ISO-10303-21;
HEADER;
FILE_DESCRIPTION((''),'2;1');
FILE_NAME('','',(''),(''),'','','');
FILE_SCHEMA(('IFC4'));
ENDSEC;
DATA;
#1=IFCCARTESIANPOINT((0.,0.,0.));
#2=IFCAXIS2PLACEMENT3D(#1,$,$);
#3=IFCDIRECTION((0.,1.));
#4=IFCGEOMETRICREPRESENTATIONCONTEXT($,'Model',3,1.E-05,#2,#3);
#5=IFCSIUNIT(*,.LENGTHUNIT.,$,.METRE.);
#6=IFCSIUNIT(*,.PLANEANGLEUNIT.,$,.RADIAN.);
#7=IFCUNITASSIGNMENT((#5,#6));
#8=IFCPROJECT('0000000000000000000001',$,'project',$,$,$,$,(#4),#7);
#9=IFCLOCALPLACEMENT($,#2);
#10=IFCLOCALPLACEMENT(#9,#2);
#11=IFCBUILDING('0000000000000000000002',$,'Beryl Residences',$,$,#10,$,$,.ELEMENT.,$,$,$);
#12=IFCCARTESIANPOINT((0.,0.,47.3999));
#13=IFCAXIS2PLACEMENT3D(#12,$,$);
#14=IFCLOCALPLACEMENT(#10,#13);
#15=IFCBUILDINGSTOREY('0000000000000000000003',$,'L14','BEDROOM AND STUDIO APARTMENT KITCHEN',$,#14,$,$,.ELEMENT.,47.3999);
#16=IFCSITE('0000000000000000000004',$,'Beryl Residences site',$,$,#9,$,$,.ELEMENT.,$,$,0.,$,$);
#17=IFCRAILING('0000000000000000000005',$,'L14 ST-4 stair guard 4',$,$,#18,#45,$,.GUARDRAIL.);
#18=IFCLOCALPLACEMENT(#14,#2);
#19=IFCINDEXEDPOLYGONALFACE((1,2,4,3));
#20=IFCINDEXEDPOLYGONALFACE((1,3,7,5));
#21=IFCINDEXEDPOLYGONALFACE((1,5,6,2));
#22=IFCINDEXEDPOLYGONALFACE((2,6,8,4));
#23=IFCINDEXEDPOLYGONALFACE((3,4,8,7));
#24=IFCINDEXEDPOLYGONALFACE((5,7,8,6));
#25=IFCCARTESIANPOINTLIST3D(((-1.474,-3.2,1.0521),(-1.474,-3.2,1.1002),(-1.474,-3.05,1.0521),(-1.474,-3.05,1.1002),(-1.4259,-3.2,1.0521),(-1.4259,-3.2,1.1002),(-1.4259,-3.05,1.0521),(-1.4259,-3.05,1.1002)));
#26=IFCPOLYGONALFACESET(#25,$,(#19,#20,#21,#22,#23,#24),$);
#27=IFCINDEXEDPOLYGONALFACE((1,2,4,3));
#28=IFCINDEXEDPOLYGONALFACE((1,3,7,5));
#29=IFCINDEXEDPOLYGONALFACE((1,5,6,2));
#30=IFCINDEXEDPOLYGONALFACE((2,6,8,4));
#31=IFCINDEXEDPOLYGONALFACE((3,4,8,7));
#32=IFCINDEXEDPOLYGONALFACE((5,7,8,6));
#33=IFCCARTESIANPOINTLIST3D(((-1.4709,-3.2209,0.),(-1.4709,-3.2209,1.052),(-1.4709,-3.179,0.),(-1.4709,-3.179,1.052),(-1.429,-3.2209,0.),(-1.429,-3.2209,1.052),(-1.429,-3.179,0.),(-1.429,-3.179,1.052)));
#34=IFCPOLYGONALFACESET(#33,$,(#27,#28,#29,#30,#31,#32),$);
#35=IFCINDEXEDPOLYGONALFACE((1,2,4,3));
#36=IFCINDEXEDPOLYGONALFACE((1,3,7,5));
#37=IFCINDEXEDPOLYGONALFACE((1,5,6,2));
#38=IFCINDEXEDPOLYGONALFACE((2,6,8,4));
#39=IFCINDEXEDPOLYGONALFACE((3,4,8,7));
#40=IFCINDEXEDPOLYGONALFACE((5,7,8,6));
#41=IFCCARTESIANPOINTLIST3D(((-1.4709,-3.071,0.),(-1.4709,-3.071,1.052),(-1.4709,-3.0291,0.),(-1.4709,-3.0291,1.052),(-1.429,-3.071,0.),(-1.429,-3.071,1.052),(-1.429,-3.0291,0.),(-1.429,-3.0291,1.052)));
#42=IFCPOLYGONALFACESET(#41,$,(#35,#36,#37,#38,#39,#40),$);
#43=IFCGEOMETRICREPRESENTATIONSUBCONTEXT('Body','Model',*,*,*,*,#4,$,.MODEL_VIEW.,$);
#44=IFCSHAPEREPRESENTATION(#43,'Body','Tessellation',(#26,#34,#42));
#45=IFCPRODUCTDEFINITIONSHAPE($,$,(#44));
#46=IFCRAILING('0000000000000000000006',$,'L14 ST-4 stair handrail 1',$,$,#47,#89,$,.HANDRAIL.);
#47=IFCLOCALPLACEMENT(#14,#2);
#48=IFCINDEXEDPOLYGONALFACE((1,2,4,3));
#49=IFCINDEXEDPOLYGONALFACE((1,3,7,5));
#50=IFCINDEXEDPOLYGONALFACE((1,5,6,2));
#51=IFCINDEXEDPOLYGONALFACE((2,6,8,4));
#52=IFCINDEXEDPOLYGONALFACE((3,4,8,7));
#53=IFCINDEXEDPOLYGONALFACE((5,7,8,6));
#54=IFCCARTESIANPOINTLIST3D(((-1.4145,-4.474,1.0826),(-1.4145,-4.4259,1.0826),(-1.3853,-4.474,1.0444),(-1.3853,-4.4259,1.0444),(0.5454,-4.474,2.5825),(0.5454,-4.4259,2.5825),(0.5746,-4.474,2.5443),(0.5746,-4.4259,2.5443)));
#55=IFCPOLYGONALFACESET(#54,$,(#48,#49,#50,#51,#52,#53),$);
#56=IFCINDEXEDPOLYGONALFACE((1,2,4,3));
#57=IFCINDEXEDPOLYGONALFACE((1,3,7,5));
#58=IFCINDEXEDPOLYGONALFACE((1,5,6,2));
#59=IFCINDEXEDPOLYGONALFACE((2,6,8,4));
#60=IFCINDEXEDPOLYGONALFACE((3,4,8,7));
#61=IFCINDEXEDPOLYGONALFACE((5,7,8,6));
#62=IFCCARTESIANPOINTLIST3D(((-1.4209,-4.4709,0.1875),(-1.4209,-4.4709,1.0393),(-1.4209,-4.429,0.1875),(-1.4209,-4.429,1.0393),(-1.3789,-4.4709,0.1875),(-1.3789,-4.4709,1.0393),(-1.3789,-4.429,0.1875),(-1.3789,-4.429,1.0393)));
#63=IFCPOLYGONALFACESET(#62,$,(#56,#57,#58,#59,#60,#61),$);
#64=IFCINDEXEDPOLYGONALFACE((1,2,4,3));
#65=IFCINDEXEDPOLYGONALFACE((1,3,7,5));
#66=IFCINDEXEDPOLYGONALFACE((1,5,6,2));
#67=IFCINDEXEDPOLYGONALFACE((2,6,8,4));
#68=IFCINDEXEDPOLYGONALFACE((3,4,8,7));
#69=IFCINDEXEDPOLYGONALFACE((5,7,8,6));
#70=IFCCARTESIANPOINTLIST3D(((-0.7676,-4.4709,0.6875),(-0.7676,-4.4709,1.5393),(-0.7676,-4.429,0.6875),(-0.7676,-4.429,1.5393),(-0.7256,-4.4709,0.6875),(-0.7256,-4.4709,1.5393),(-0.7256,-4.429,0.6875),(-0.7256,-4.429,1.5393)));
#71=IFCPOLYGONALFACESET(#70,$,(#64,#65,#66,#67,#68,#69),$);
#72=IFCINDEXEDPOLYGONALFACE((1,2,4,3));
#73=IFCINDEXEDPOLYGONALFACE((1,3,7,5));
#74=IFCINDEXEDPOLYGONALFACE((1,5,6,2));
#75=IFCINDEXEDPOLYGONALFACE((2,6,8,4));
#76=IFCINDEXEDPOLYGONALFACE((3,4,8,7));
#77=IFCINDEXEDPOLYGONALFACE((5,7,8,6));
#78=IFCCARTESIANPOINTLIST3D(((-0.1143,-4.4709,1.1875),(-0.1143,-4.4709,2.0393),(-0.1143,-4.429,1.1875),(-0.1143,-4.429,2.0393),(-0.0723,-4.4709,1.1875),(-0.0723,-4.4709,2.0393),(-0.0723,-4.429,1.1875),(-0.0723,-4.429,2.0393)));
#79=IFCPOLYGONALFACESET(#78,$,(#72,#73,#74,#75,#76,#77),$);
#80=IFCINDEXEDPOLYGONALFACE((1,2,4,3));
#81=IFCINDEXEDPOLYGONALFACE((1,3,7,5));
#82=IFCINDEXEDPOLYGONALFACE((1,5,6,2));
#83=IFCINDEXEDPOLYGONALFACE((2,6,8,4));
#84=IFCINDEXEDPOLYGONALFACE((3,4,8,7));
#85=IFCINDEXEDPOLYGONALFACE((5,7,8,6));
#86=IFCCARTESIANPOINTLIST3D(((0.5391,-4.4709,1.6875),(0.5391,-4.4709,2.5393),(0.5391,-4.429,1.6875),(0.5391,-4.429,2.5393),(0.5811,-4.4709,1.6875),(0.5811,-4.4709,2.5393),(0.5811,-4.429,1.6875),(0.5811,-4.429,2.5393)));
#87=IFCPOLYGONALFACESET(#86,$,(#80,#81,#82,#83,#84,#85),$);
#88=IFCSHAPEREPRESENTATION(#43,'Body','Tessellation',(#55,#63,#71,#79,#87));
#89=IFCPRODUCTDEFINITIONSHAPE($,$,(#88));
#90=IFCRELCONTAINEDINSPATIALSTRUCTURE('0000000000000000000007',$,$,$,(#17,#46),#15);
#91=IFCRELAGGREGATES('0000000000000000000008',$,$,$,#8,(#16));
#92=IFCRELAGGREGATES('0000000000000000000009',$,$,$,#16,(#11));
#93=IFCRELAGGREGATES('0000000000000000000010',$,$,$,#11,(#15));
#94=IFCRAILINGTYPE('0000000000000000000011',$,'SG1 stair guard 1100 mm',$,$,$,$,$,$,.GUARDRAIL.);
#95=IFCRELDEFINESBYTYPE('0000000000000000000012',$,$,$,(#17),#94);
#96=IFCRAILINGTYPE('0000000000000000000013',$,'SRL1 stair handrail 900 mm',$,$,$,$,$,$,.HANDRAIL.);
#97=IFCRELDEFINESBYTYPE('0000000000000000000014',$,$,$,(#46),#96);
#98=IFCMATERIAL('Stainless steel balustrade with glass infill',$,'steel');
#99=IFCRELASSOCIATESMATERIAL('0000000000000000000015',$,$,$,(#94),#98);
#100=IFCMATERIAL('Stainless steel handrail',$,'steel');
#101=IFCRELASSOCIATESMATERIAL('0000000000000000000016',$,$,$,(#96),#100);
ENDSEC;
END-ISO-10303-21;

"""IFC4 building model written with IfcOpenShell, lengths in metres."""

from ifc_helpers import new_model, si_unit, direction, frame, origin, origin_2d, place, context, subcontext, project, spatial, rectangle, extrude, material, type_object, element, save


model = new_model("IFC4")

# Units and contexts
model_context = context("Model", 3, precision=1e-05, world=origin(), true_north=direction((0.0, 1.0)))
body_context = subcontext(model_context, "Body", "Model", "MODEL_VIEW")
ifc_project = project(units=[si_unit("LENGTHUNIT", "METRE"), si_unit("PLANEANGLEUNIT", "RADIAN")], contexts=[model_context])

# Site, building, storey
site_placement = place(None, origin())
site = spatial("IfcSite", under=ifc_project, at=site_placement, Name="Beryl Residences site", CompositionType="ELEMENT", RefElevation=0.0)
building_placement = place(site_placement, origin())
building = spatial("IfcBuilding", under=site, at=building_placement, Name="Beryl Residences", CompositionType="ELEMENT")
storey_placement = place(building_placement, frame((0.0, 0.0, 47.3999)))
storey = spatial("IfcBuildingStorey", under=building, at=storey_placement, Name="L14", Description="BEDROOM AND STUDIO APARTMENT KITCHEN", CompositionType="ELEMENT", Elevation=47.3999)

# Railings
ifc_material_1 = material(Name="Stainless steel balustrade with glass infill", Category="steel")
railing_type_1 = type_object("IfcRailingType", Name="SG1 stair guard 1100 mm", PredefinedType="GUARDRAIL", material=ifc_material_1)
railing_1_placement = place(storey_placement, frame((-1.45, -3.2, 0.0)))
element("IfcRailing", 1, at=railing_1_placement, inside=storey, type_object=railing_type_1, Name="L14 ST-4 stair guard 4", PredefinedType="GUARDRAIL", context=body_context, shape_type="SweptSolid", body=[
    extrude(rectangle(XDim=0.0481, YDim=0.0481, at=origin_2d()), frame((0.0, 0.0, 1.0762), z_axis=(0.0, 1.0, 0.0), x_axis=(-1.0, 0.0, 0.0)), (0.0, 0.0, 1.0), 0.1499),
    extrude(rectangle(XDim=0.042, YDim=0.042, at=origin_2d()), origin(), (0.0, 0.0, 1.0), 1.052),
    extrude(rectangle(XDim=0.042, YDim=0.042, at=origin_2d()), frame((0.0, 0.1499, 0.0)), (0.0, 0.0, 1.0), 1.052),
])
ifc_material_2 = material(Name="Stainless steel handrail", Category="steel")
railing_type_2 = type_object("IfcRailingType", Name="SRL1 stair handrail 900 mm", PredefinedType="HANDRAIL", material=ifc_material_2)
railing_2_placement = place(storey_placement, frame((-1.3999, -4.45, 0.1875)))
element("IfcRailing", 2, at=railing_2_placement, inside=storey, type_object=railing_type_2, Name="L14 ST-4 stair handrail 1", PredefinedType="HANDRAIL", context=body_context, shape_type="SweptSolid", body=[
    extrude(rectangle(XDim=0.0481, YDim=0.0481, at=origin_2d()), frame((0.0, 0.0, 0.876), z_axis=(0.794122, 0.0, 0.607758), x_axis=(0.0, 1.0, 0.0)), (0.0, 0.0, 1.0), 2.468),
    extrude(rectangle(XDim=0.042, YDim=0.042, at=origin_2d()), origin(), (0.0, 0.0, 1.0), 0.8518),
    extrude(rectangle(XDim=0.042, YDim=0.042, at=origin_2d()), frame((0.6533, 0.0, 0.5)), (0.0, 0.0, 1.0), 0.8518),
    extrude(rectangle(XDim=0.042, YDim=0.042, at=origin_2d()), frame((1.3066, 0.0, 1.0)), (0.0, 0.0, 1.0), 0.8518),
    extrude(rectangle(XDim=0.042, YDim=0.042, at=origin_2d()), frame((1.96, 0.0, 1.5)), (0.0, 0.0, 1.0), 0.8518),
])

save(model, "model.ifc")
